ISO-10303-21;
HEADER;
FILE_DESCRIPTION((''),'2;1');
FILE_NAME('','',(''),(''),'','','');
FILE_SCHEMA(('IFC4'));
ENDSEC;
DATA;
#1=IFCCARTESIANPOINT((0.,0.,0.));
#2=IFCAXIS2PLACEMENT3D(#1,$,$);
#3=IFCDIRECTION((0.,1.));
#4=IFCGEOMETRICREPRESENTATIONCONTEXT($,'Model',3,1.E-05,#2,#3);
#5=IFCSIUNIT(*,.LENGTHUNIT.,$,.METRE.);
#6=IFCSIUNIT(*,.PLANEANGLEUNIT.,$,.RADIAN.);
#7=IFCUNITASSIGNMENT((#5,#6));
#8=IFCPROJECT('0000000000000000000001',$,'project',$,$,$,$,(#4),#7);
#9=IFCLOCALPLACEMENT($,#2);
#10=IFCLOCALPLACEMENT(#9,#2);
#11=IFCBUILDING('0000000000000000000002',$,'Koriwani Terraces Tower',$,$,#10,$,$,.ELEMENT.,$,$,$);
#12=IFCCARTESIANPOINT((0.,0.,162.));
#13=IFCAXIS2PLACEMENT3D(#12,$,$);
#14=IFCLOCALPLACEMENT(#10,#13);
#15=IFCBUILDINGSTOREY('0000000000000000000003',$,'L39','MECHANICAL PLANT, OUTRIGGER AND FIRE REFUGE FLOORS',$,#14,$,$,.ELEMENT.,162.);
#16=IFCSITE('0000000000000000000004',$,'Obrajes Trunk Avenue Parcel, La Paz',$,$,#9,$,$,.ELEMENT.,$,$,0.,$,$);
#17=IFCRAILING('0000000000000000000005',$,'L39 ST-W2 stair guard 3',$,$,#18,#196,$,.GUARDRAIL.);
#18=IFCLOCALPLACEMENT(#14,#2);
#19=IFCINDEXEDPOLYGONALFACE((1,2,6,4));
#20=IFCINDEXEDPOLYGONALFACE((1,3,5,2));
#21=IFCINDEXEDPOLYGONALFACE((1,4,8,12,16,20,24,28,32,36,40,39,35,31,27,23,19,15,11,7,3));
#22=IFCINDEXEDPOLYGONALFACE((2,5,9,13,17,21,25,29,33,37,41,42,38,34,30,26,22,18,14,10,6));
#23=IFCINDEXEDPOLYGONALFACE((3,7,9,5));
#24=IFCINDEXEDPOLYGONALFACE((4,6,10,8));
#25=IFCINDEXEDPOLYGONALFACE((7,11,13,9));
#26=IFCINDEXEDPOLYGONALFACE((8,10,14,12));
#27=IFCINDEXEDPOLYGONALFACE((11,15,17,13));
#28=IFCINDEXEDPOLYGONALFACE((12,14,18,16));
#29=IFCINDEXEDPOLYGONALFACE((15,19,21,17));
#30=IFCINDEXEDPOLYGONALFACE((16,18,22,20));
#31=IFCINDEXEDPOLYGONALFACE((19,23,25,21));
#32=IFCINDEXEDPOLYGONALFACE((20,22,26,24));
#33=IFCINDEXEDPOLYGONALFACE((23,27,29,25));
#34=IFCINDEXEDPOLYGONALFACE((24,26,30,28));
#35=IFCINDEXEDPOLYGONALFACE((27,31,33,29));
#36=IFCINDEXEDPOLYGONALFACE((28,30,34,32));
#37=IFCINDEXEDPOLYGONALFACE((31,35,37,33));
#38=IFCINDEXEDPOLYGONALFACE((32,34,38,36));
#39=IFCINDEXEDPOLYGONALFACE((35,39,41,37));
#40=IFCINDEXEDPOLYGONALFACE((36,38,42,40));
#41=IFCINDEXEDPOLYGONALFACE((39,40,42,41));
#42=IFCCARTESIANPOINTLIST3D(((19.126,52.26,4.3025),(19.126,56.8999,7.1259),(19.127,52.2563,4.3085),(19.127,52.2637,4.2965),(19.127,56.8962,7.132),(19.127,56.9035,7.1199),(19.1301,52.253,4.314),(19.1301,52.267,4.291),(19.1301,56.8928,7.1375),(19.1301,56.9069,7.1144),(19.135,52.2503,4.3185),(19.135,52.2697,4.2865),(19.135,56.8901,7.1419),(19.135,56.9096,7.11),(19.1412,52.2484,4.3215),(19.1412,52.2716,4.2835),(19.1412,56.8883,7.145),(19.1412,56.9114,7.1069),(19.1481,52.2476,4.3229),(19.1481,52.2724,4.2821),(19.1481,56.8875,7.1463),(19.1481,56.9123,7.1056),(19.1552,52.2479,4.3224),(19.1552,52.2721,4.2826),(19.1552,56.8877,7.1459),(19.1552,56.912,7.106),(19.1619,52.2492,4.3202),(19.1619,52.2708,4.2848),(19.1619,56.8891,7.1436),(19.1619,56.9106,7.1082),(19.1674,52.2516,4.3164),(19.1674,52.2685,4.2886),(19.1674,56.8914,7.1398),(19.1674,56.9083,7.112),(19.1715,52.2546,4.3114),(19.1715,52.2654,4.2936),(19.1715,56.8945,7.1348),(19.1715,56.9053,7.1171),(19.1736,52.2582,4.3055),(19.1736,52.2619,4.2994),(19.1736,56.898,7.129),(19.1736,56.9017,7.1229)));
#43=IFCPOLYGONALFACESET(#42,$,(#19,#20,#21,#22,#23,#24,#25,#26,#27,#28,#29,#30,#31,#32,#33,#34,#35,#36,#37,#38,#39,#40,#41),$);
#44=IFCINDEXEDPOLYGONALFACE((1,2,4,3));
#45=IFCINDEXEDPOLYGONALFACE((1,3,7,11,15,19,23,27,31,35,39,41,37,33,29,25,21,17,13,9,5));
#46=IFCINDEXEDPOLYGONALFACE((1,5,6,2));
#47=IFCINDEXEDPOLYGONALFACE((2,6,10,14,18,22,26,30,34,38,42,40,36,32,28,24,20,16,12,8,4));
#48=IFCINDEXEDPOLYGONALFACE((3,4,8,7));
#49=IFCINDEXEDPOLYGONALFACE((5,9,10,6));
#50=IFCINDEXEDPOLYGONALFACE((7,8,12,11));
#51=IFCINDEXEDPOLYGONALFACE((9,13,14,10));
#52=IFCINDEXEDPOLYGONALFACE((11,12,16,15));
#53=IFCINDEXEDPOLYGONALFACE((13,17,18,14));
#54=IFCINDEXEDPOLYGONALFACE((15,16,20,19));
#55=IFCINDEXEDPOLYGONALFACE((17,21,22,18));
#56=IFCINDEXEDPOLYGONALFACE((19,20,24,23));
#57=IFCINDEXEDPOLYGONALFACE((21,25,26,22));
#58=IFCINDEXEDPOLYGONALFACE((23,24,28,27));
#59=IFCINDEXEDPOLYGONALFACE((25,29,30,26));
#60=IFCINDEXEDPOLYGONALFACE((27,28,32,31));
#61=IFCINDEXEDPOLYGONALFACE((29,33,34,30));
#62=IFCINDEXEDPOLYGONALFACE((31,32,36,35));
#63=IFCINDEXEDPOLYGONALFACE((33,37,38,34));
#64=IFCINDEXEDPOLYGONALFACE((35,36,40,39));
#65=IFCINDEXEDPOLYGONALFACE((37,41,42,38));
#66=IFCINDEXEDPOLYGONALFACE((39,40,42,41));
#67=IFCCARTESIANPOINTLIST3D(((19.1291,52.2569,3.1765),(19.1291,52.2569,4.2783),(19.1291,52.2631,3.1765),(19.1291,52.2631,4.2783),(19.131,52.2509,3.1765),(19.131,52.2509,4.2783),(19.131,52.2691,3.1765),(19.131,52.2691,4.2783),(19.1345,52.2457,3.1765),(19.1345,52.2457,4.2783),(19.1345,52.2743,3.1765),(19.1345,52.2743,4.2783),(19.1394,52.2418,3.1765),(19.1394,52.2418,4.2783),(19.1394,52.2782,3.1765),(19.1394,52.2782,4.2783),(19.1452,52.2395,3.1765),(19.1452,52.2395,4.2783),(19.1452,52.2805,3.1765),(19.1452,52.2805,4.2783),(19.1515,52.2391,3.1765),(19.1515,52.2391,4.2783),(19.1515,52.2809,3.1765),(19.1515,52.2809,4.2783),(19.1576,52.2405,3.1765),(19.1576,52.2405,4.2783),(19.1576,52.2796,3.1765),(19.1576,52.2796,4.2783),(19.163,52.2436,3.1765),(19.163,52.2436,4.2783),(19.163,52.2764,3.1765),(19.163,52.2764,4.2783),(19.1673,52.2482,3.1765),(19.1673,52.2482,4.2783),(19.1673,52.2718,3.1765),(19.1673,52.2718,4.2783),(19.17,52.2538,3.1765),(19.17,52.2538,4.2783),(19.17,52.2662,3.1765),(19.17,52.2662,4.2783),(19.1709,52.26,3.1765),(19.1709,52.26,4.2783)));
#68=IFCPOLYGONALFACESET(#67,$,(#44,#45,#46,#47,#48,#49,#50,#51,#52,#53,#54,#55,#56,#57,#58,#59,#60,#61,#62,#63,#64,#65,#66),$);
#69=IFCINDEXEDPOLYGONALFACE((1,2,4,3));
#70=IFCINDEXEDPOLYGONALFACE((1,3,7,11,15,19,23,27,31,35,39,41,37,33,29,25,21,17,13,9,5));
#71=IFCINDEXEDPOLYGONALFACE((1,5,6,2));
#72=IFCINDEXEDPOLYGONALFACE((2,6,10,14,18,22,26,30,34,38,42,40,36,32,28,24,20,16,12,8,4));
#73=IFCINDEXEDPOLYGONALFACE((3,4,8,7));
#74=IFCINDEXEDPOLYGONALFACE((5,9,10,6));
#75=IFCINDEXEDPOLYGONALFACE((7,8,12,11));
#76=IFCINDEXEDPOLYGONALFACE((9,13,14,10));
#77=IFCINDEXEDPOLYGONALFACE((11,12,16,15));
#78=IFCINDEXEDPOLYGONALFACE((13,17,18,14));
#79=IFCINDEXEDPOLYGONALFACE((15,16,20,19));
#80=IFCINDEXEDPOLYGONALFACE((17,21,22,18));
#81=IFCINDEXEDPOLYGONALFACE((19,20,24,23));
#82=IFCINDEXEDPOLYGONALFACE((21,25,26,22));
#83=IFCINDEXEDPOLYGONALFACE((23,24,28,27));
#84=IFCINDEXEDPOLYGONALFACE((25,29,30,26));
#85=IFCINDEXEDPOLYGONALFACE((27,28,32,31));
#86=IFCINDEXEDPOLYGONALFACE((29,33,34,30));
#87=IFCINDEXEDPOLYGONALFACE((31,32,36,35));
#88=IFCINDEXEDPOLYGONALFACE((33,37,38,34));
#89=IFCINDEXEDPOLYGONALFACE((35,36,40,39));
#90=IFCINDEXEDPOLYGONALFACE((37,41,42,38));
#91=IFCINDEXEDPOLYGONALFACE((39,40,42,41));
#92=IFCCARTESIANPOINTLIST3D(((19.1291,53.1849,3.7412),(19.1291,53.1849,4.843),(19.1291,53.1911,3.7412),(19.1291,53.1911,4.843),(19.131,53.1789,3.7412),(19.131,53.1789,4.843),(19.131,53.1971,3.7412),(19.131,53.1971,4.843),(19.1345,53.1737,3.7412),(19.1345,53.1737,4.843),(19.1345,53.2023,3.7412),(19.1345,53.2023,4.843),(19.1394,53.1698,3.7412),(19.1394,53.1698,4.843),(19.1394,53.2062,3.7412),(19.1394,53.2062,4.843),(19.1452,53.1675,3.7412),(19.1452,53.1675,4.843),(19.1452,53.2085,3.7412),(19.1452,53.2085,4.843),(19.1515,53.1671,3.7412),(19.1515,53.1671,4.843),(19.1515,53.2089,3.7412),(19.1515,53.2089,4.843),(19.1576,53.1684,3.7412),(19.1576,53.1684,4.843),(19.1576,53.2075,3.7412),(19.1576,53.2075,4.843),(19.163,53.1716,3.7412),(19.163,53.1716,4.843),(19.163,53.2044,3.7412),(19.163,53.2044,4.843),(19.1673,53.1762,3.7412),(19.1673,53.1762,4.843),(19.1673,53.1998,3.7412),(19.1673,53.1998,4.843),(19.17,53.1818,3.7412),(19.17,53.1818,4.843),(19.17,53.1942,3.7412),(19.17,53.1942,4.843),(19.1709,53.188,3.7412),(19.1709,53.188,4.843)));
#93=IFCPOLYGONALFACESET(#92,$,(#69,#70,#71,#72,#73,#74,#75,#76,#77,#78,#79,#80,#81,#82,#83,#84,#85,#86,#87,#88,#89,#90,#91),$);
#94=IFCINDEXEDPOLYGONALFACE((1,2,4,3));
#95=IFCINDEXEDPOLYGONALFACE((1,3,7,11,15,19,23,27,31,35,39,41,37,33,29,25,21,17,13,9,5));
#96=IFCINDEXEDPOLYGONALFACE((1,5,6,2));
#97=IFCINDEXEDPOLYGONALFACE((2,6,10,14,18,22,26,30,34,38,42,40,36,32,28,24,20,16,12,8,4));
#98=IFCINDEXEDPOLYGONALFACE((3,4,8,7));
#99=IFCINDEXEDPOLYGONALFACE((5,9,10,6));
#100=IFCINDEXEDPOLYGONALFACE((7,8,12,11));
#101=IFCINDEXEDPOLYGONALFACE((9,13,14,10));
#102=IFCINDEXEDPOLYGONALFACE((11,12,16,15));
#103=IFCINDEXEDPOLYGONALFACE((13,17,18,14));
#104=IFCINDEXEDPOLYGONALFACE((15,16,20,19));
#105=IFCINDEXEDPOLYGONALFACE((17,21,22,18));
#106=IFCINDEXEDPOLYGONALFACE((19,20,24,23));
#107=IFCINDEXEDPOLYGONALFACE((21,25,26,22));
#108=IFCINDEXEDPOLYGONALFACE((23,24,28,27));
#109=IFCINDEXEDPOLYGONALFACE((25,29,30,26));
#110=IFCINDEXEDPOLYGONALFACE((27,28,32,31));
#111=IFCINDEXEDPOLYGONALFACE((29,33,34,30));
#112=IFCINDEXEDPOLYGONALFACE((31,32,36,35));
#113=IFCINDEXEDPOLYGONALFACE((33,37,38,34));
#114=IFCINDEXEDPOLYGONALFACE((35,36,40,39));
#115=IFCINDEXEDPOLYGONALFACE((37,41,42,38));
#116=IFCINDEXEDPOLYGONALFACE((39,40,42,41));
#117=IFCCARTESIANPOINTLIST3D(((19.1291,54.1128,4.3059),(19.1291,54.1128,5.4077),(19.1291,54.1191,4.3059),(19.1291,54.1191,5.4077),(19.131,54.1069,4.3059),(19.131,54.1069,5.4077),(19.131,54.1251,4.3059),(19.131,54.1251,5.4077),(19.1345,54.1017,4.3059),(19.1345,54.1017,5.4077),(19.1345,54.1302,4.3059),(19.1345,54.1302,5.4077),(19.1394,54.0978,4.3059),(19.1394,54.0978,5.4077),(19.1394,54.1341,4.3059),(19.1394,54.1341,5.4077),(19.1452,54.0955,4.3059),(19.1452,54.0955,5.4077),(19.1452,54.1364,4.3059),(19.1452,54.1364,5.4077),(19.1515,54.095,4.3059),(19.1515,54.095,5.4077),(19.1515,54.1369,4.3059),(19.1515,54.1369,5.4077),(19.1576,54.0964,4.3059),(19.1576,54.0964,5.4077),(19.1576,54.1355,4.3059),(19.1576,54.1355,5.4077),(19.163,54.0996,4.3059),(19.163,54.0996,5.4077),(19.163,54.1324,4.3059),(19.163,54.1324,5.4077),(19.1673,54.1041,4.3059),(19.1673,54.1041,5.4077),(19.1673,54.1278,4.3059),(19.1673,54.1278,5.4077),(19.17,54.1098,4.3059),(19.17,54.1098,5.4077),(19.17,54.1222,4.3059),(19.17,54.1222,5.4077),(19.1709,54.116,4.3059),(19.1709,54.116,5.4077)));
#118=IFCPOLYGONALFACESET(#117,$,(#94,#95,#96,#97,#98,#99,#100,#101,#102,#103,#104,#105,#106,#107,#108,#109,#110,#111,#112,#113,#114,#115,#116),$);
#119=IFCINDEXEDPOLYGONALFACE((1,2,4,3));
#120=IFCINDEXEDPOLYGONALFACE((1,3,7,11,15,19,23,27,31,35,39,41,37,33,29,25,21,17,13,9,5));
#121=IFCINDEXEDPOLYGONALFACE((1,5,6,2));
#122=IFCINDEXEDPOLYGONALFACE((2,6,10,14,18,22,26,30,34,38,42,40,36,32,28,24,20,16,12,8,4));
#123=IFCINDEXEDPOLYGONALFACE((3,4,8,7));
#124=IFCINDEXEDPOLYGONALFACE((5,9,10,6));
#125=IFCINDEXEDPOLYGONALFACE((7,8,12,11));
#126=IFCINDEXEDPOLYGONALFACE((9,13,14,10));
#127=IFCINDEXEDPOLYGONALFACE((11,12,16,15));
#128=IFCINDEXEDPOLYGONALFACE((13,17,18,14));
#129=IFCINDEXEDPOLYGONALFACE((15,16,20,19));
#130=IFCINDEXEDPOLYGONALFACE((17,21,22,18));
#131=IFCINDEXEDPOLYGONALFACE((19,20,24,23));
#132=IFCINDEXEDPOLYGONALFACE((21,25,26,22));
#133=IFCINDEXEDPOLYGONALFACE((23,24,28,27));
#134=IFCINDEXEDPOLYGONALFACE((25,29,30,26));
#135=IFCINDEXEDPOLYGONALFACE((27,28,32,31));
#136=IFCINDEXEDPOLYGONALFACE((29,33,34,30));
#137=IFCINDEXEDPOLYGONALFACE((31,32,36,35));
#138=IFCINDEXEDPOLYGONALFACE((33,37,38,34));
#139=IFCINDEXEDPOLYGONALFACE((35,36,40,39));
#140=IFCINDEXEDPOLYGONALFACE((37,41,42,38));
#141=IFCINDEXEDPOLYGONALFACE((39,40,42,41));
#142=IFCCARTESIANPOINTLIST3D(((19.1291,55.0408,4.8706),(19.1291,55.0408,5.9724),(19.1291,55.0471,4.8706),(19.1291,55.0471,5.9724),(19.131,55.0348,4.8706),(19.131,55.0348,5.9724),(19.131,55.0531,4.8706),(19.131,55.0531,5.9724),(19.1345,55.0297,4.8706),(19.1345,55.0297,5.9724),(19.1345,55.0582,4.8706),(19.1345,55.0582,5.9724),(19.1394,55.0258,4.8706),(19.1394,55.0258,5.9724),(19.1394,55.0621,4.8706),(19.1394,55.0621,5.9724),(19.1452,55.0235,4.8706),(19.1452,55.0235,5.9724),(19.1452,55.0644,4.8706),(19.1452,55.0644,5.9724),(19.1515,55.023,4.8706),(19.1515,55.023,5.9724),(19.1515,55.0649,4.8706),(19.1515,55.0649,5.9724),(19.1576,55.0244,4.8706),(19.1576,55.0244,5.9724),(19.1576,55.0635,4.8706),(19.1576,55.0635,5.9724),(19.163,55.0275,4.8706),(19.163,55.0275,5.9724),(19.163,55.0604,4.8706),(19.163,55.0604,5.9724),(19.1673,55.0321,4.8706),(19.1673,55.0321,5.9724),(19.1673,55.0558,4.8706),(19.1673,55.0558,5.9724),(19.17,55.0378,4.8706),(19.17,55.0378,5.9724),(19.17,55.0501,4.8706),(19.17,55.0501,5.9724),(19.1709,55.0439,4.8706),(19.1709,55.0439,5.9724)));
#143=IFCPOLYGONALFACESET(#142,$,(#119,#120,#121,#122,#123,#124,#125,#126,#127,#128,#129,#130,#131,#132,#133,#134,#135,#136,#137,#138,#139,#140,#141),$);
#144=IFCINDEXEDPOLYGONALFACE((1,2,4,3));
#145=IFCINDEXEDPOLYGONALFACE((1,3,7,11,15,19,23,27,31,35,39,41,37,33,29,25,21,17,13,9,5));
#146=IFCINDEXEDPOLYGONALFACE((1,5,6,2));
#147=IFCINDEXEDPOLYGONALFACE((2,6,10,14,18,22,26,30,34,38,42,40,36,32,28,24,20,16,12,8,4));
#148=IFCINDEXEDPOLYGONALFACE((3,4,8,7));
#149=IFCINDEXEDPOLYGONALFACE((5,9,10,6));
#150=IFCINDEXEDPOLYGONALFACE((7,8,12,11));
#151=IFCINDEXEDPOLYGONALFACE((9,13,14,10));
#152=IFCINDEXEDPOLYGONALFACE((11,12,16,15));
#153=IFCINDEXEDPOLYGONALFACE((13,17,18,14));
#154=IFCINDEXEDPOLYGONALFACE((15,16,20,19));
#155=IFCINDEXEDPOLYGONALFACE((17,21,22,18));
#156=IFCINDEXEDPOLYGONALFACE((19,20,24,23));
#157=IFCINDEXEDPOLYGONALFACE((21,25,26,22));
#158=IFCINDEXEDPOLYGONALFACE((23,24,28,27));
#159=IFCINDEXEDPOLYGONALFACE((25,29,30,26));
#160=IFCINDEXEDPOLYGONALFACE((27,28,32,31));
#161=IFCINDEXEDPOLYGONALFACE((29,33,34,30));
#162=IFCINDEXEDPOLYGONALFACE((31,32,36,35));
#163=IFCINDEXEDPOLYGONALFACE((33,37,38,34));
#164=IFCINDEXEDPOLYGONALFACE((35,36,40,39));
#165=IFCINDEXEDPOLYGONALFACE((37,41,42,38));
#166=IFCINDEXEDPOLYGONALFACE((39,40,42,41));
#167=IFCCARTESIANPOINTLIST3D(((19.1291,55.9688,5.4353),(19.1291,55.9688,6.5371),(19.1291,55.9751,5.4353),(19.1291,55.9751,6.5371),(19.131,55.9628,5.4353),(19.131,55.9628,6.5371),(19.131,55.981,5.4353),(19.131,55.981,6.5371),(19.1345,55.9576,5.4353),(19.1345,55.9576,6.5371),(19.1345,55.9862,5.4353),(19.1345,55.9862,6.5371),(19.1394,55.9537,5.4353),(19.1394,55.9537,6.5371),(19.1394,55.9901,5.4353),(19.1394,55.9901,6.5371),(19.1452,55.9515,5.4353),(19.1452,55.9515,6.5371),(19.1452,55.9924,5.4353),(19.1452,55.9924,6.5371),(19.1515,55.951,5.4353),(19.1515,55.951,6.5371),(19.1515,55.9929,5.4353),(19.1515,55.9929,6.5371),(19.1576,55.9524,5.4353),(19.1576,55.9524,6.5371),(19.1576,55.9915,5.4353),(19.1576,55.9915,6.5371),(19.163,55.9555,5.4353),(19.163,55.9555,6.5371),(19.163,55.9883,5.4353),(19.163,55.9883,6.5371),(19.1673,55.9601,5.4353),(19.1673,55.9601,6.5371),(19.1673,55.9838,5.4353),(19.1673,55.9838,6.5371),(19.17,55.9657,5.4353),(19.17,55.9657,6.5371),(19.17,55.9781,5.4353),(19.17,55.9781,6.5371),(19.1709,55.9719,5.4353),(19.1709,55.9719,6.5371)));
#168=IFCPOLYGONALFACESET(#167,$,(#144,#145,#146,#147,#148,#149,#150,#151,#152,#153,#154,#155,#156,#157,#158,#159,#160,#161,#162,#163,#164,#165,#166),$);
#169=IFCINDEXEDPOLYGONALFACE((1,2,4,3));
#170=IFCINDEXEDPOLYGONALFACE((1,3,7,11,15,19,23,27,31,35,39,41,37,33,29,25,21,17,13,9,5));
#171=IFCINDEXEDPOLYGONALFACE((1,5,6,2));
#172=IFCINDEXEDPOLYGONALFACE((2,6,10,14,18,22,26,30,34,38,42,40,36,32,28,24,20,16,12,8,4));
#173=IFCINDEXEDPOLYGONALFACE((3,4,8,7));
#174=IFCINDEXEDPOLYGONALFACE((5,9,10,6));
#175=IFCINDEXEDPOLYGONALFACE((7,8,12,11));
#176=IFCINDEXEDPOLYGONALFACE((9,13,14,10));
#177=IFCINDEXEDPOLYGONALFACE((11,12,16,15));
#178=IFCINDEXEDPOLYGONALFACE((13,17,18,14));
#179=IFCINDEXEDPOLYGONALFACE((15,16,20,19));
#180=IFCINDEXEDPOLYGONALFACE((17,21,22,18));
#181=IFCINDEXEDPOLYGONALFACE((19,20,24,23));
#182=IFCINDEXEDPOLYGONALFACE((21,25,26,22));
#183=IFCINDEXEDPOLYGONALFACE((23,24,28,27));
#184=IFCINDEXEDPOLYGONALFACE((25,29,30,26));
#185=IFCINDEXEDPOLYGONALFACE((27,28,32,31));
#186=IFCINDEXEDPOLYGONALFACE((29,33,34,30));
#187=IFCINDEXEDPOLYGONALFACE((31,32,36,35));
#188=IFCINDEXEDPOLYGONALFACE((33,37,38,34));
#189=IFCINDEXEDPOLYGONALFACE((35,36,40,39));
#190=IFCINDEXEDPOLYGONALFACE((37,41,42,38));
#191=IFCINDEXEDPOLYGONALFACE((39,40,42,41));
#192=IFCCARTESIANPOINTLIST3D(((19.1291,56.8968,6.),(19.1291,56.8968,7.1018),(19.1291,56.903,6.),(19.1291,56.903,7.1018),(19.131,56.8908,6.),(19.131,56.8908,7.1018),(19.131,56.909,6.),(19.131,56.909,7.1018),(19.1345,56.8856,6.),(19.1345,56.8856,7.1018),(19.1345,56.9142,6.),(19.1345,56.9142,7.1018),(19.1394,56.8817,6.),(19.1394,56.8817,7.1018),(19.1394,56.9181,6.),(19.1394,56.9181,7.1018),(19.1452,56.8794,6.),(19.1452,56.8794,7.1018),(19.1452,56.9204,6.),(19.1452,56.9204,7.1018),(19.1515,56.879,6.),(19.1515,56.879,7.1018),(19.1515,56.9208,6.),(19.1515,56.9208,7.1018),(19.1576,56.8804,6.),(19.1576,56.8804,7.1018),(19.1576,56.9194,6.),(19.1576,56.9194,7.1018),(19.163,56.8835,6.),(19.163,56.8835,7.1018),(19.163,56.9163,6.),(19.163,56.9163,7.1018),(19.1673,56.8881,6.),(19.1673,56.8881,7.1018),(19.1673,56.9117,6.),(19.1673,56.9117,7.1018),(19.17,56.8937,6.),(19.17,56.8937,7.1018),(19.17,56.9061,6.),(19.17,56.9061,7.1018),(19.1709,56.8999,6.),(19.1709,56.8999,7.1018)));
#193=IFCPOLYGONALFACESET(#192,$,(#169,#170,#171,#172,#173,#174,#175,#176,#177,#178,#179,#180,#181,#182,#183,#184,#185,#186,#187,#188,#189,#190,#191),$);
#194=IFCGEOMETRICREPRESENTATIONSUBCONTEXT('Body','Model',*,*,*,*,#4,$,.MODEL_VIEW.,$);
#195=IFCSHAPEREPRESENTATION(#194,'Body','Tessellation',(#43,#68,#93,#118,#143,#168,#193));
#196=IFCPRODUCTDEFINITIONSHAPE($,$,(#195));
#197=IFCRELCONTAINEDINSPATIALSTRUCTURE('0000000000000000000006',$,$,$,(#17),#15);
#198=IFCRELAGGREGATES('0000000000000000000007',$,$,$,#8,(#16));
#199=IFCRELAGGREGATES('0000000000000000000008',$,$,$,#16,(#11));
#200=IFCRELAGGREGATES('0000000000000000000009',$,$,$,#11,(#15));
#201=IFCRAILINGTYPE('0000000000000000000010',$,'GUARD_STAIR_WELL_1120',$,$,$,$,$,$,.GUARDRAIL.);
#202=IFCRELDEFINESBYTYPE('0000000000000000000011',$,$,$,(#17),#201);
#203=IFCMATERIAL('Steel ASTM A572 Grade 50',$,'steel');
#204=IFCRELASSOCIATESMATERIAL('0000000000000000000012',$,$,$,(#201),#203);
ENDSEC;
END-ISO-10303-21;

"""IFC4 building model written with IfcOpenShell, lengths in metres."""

from ifc_helpers import new_model, si_unit, direction, frame, origin, origin_2d, place, context, subcontext, project, spatial, circle, extrude, material, type_object, element, save


model = new_model("IFC4")

# Units and contexts
model_context = context("Model", 3, precision=1e-05, world=origin(), true_north=direction((0.0, 1.0)))
body_context = subcontext(model_context, "Body", "Model", "MODEL_VIEW")
ifc_project = project(units=[si_unit("LENGTHUNIT", "METRE"), si_unit("PLANEANGLEUNIT", "RADIAN")], contexts=[model_context])

# Site, building, storey
site_placement = place(None, origin())
site = spatial("IfcSite", under=ifc_project, at=site_placement, Name="Obrajes Trunk Avenue Parcel, La Paz", CompositionType="ELEMENT", RefElevation=0.0)
building_placement = place(site_placement, origin())
building = spatial("IfcBuilding", under=site, at=building_placement, Name="Koriwani Terraces Tower", CompositionType="ELEMENT")
storey_placement = place(building_placement, frame((0.0, 0.0, 162.0)))
storey = spatial("IfcBuildingStorey", under=building, at=storey_placement, Name="L39", Description="MECHANICAL PLANT, OUTRIGGER AND FIRE REFUGE FLOORS", CompositionType="ELEMENT", Elevation=162.0)

# Shared definitions
ifc_material_1 = material(Name="Steel ASTM A572 Grade 50", Category="steel")

# Railing
railing_type_1 = type_object("IfcRailingType", Name="GUARD_STAIR_WELL_1120", PredefinedType="GUARDRAIL", material=ifc_material_1)
railing_1_placement = place(storey_placement, frame((19.1499, 52.26, 3.1765)))
element("IfcRailing", 1, at=railing_1_placement, inside=storey, type_object=railing_type_1, Name="L39 ST-W2 stair guard 3", PredefinedType="GUARDRAIL", context=body_context, shape_type="SweptSolid", body=[
    extrude(circle(Radius=0.0239, at=origin_2d()), frame((0.0, 0.0, 1.126), z_axis=(0.0, 0.854264, 0.51984), x_axis=(-1.0, 0.0, 0.0)), (0.0, 0.0, 1.0), 5.4314),
    extrude(circle(Radius=0.021, at=origin_2d()), origin(), (0.0, 0.0, 1.0), 1.1018),
    extrude(circle(Radius=0.021, at=origin_2d()), frame((0.0, 0.928, 0.5647)), (0.0, 0.0, 1.0), 1.1018),
    extrude(circle(Radius=0.021, at=origin_2d()), frame((0.0, 1.856, 1.1294)), (0.0, 0.0, 1.0), 1.1018),
    extrude(circle(Radius=0.021, at=origin_2d()), frame((0.0, 2.7839, 1.6941)), (0.0, 0.0, 1.0), 1.1018),
    extrude(circle(Radius=0.021, at=origin_2d()), frame((0.0, 3.7119, 2.2588)), (0.0, 0.0, 1.0), 1.1018),
    extrude(circle(Radius=0.021, at=origin_2d()), frame((0.0, 4.6399, 2.8235)), (0.0, 0.0, 1.0), 1.1018),
])

save(model, "model.ifc")
